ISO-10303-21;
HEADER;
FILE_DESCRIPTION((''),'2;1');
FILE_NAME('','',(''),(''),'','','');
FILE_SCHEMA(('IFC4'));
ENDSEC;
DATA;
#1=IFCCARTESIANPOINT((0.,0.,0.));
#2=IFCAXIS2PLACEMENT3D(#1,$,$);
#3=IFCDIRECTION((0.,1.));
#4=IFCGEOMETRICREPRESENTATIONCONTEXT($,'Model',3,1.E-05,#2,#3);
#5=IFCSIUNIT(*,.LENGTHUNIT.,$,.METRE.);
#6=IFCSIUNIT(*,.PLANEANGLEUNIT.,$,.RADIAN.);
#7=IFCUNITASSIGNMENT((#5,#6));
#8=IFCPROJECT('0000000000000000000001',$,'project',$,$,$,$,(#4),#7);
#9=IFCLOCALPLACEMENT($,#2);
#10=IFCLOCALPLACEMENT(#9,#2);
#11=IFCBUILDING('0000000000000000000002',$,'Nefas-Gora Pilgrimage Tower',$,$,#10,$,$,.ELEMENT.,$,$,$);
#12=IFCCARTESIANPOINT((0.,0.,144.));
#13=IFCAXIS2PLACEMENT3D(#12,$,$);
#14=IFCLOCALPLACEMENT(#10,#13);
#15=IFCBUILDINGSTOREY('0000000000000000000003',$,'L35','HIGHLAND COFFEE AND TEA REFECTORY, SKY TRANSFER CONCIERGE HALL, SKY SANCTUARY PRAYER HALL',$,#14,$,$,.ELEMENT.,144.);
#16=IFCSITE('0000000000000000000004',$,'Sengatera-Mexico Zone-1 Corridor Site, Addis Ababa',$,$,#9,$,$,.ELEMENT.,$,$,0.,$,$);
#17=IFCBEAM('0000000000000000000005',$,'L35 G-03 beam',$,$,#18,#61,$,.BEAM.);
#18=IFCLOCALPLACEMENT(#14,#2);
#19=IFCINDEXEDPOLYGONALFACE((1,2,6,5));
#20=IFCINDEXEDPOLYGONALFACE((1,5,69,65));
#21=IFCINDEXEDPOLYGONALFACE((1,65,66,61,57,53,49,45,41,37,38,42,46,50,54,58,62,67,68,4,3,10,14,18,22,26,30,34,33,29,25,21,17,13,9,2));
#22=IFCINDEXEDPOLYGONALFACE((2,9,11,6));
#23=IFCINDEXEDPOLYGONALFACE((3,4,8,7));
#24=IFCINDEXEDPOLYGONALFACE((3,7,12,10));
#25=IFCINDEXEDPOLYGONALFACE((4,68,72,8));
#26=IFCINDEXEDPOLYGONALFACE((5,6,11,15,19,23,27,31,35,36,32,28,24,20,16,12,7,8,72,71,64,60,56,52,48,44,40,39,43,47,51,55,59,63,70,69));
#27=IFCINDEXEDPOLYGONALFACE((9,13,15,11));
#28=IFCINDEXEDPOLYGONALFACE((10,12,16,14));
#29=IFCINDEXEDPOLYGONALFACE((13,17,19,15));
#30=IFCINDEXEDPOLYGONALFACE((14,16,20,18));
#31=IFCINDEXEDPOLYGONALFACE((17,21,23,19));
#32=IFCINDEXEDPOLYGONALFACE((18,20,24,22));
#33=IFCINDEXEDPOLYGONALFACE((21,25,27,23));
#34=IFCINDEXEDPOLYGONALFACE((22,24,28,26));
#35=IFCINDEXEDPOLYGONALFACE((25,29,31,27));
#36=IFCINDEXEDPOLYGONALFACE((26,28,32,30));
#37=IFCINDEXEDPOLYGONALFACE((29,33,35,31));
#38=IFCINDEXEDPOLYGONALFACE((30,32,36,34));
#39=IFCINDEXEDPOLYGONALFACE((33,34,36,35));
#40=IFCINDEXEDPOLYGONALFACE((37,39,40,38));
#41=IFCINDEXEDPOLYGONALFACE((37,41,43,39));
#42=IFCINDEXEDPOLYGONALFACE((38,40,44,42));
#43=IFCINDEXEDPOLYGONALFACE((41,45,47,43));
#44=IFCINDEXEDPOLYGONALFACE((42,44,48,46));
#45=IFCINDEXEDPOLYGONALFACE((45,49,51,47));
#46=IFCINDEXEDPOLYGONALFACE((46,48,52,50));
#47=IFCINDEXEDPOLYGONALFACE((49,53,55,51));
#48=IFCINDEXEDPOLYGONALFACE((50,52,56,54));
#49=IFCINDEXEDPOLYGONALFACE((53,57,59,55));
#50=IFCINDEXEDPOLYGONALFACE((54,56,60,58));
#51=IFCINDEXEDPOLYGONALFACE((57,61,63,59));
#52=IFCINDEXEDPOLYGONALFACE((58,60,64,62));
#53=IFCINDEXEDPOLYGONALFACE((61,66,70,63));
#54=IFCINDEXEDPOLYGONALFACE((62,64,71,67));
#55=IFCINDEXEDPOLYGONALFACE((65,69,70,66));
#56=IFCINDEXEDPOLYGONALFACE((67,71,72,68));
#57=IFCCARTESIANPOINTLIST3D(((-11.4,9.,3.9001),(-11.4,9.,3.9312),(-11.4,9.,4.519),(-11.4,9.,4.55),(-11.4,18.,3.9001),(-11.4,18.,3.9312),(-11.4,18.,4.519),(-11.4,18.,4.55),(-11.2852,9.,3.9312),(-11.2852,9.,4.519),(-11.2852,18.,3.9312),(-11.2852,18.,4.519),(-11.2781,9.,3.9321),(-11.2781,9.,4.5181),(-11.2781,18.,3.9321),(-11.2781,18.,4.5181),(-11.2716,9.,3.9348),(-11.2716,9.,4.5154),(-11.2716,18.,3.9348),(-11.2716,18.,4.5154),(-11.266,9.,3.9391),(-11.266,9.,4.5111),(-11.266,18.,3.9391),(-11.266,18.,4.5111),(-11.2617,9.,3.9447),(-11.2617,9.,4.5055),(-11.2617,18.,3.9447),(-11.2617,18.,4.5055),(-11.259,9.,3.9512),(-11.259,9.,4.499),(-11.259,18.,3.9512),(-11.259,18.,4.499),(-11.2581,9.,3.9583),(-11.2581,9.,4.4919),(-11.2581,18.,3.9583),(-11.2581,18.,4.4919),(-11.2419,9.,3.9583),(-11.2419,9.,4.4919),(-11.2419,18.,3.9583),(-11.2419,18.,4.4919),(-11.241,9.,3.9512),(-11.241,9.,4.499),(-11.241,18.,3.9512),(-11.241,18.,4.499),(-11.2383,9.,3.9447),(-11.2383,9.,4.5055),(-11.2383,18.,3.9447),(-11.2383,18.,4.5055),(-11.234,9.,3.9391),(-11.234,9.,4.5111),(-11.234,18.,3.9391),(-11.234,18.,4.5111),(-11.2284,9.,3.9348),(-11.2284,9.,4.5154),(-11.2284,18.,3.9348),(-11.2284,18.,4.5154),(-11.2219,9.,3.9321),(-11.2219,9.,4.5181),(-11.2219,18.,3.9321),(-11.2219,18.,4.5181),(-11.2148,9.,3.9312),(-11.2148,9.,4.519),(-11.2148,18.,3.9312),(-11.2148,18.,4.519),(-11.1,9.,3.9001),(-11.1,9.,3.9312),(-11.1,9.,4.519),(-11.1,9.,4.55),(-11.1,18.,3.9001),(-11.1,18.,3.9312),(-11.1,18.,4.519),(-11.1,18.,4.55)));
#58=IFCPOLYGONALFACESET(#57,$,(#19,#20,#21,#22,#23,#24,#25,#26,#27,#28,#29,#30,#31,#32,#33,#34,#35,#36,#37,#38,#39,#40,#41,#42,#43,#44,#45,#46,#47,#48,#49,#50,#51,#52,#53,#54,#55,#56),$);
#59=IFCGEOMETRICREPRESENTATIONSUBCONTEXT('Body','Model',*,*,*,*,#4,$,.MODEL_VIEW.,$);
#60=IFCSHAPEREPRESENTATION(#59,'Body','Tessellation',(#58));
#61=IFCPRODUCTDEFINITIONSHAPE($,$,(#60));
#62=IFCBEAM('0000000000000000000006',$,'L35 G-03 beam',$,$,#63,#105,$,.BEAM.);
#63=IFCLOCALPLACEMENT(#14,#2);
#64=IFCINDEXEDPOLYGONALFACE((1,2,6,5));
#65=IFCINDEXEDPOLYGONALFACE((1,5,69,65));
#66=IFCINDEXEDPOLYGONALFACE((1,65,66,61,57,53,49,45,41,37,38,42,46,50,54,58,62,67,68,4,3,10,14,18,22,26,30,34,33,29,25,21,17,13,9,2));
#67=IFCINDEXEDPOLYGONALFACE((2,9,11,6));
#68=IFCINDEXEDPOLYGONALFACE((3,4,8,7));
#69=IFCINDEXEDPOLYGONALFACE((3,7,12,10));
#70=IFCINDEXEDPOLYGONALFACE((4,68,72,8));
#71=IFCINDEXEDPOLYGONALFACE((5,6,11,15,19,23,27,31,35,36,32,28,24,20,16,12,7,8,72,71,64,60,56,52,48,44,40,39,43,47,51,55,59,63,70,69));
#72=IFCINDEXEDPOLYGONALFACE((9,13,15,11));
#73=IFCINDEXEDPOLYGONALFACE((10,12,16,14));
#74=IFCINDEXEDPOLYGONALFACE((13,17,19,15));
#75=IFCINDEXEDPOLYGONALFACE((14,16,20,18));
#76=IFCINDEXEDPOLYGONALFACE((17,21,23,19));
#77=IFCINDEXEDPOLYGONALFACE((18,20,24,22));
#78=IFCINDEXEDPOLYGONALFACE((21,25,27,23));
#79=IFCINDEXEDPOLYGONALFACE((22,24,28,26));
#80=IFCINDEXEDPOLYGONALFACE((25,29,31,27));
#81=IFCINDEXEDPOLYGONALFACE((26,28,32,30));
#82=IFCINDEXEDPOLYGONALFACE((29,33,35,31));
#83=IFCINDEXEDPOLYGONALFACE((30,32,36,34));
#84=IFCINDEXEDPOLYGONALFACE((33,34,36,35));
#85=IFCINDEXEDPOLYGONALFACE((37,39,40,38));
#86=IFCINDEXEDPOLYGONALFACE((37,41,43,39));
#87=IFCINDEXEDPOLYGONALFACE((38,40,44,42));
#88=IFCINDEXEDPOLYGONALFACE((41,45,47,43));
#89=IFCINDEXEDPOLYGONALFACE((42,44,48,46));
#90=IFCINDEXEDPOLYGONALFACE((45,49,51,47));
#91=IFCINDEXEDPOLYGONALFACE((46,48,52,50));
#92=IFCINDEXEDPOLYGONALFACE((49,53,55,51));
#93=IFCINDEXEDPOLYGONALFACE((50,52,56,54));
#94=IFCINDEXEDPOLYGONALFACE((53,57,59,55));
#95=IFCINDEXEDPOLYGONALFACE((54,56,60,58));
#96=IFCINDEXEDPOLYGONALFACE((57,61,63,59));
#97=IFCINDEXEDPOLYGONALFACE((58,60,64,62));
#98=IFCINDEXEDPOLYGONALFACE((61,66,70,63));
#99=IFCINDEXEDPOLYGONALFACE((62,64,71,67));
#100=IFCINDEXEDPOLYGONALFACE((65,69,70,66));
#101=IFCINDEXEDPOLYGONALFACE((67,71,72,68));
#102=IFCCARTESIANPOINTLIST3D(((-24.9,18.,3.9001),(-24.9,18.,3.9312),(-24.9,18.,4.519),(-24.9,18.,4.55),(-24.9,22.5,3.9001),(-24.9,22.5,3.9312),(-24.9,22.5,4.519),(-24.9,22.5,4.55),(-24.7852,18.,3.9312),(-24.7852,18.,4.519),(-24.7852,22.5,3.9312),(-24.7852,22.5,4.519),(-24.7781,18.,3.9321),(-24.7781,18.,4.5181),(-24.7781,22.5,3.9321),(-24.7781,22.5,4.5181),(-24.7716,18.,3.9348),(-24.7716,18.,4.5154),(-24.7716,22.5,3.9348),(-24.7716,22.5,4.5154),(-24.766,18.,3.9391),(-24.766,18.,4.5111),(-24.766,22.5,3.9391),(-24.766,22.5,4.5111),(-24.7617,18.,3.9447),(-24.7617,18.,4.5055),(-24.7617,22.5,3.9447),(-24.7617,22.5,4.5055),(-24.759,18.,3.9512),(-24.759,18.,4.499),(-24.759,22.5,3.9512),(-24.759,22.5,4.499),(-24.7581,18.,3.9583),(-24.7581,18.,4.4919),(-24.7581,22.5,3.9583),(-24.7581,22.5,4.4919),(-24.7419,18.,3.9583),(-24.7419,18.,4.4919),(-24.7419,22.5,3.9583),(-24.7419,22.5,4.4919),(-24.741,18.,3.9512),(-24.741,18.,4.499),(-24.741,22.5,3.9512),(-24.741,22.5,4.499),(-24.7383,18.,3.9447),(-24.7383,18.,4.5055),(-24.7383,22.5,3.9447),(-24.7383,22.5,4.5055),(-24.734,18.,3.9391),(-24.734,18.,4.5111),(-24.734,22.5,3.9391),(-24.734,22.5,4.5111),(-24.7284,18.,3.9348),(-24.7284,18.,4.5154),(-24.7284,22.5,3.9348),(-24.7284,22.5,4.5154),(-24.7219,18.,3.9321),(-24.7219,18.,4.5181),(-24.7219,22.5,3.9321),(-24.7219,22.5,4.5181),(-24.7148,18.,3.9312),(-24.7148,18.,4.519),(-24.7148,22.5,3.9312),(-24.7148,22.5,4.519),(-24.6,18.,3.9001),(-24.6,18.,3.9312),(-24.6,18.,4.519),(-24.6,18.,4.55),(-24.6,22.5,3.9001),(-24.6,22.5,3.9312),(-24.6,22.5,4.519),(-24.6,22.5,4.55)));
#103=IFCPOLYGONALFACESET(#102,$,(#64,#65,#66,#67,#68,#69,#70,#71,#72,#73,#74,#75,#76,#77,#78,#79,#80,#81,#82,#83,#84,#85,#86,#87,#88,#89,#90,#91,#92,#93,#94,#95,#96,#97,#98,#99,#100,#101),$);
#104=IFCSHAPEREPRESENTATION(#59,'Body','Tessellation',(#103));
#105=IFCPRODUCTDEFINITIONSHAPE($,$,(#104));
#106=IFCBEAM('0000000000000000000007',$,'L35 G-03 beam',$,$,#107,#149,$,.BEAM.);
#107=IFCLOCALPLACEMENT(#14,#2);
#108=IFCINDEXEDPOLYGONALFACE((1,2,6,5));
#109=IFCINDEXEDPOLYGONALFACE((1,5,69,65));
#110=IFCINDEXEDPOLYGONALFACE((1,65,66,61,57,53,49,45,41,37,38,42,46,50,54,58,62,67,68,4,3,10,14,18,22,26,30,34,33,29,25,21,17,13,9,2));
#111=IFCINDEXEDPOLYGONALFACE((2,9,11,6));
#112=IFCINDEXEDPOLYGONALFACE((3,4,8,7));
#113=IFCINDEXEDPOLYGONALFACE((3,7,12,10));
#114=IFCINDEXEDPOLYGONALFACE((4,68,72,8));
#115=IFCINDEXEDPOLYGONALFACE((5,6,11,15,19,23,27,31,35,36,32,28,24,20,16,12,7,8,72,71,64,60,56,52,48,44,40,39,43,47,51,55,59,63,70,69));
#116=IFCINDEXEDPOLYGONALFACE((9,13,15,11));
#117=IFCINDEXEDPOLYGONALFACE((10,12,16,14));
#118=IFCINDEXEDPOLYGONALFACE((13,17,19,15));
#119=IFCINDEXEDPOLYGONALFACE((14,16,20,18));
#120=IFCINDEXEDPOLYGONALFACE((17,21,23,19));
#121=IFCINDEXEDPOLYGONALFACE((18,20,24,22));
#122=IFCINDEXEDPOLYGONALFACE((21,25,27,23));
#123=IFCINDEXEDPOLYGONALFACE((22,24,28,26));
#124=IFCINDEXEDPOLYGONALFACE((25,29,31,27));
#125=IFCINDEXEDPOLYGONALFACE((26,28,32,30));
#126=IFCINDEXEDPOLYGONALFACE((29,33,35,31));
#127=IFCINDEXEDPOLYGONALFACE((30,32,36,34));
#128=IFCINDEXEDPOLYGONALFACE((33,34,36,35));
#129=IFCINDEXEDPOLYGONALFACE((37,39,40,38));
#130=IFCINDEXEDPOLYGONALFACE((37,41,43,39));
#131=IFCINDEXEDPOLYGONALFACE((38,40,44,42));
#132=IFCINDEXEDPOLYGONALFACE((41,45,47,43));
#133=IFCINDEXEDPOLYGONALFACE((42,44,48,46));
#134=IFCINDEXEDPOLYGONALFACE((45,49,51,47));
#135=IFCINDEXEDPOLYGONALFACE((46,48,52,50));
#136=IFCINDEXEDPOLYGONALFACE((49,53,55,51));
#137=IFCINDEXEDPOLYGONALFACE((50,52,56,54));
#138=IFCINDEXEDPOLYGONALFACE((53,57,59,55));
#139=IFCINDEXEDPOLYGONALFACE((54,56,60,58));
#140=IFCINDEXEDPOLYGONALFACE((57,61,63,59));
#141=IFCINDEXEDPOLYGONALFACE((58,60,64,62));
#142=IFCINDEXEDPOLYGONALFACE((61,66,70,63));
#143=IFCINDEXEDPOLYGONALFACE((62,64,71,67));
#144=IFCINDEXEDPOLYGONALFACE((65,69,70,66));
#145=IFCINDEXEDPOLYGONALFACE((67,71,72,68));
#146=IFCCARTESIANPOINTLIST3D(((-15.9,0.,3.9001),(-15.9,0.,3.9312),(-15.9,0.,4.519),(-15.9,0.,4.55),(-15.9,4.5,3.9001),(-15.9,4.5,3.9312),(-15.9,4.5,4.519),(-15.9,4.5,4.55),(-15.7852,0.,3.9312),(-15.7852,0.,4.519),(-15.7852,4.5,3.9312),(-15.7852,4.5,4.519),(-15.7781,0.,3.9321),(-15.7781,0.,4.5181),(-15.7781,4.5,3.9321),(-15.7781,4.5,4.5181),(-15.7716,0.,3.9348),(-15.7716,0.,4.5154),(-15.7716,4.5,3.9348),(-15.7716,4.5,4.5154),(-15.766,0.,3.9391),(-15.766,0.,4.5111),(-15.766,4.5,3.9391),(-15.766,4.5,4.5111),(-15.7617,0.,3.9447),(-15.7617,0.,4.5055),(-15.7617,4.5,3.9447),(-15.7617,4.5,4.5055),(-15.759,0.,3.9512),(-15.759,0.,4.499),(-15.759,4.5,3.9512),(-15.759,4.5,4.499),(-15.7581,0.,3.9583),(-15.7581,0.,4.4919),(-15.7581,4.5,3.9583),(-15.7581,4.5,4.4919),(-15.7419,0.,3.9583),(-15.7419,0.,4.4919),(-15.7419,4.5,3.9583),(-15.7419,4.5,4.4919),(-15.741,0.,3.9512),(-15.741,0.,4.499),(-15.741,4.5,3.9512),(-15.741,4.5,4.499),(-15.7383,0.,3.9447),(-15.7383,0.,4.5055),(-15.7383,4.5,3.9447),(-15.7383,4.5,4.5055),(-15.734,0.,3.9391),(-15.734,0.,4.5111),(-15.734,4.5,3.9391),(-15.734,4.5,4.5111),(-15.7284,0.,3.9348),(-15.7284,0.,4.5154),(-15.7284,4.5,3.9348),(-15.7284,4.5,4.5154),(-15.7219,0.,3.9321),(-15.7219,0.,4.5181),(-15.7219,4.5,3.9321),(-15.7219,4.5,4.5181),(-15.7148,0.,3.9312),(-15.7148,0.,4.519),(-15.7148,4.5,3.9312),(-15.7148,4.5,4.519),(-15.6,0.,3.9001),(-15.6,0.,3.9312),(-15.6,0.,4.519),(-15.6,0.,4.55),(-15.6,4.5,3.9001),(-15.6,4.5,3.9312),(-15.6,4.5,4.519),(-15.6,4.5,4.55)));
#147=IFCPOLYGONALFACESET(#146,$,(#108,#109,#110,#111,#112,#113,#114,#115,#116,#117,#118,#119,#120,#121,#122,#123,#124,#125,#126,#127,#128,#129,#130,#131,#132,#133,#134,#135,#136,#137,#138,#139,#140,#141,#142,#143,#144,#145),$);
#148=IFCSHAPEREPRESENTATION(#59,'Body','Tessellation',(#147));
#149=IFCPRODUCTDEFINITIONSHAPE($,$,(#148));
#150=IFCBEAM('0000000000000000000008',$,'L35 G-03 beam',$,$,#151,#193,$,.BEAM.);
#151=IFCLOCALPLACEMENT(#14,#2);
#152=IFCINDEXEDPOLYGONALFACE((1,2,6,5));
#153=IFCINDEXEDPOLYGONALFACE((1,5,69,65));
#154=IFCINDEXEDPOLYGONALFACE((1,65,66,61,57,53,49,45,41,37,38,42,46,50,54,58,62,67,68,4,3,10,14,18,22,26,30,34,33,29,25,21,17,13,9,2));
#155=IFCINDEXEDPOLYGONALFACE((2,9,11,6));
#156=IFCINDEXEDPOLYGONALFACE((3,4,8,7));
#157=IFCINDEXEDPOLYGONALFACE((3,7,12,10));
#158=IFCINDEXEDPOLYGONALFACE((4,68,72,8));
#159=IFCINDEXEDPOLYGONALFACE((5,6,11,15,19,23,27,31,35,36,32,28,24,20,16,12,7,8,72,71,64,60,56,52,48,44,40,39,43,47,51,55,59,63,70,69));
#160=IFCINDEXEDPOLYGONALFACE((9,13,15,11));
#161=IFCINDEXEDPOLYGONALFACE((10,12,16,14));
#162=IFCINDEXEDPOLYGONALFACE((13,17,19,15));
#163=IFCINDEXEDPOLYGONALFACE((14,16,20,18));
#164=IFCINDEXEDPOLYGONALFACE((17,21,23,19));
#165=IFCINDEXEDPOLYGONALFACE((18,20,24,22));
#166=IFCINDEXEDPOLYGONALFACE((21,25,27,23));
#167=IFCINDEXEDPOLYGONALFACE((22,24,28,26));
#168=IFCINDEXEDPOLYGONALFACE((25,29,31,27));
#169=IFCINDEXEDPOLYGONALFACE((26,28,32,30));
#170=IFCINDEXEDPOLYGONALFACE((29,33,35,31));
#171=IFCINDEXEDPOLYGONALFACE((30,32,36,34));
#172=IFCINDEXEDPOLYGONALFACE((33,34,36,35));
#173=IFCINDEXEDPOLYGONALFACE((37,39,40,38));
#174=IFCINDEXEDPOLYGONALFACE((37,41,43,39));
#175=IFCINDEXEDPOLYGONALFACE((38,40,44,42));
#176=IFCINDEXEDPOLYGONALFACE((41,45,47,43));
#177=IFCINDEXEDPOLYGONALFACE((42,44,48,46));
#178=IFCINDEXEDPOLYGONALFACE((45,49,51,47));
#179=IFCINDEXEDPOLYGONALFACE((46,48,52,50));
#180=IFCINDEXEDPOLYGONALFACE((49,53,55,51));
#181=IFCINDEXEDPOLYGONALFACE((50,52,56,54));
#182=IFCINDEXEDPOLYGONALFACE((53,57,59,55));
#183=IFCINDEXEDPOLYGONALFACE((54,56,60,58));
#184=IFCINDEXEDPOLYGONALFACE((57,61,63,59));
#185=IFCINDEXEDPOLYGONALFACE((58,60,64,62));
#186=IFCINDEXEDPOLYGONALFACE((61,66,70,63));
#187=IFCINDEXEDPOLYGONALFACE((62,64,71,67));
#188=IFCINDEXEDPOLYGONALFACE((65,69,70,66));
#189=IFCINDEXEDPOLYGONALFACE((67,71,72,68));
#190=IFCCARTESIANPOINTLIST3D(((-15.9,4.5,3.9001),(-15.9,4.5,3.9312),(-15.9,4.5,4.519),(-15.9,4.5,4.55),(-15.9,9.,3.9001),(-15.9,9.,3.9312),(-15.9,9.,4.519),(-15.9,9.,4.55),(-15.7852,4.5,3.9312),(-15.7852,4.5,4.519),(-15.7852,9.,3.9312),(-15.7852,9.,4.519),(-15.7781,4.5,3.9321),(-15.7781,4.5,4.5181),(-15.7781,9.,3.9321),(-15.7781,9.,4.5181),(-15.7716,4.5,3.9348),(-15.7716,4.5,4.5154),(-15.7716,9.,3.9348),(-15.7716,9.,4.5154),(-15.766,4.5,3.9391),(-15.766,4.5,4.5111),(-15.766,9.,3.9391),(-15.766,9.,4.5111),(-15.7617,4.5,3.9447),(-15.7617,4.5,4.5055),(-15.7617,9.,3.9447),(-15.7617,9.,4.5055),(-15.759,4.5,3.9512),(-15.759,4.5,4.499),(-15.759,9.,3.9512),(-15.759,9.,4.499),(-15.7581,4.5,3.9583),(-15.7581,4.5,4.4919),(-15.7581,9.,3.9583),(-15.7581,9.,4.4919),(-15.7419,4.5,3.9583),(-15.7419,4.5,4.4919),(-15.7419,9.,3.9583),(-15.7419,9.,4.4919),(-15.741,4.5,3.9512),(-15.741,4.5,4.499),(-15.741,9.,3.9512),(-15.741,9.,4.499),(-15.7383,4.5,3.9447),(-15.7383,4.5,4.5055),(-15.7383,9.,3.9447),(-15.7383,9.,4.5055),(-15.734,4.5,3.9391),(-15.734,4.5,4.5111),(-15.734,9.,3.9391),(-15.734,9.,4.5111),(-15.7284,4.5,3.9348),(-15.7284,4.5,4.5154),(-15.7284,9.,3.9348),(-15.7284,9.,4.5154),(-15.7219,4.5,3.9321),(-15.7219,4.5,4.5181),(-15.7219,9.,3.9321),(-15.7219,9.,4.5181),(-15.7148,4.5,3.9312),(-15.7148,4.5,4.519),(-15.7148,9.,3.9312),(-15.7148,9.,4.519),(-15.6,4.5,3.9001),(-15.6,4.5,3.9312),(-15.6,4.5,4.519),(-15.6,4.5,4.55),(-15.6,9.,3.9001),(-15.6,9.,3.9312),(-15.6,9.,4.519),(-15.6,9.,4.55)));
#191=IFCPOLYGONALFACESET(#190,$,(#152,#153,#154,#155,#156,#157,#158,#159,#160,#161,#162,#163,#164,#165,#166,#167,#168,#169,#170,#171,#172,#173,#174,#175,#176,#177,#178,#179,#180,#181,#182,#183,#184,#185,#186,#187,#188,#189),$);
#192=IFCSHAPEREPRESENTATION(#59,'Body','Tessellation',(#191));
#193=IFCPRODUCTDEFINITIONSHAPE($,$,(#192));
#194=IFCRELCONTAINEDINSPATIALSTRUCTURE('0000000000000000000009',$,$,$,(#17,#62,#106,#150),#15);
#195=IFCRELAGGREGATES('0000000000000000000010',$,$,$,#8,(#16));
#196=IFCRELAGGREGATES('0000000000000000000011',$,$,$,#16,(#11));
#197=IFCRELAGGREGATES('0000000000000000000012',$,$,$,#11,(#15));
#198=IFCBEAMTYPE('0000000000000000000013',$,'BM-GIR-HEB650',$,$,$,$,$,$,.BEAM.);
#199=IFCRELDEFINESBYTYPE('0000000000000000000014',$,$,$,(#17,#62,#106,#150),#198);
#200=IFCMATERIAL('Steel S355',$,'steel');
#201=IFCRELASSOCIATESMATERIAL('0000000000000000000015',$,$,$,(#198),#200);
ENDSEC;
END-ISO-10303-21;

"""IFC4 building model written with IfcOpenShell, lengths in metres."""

from ifc_helpers import new_model, si_unit, direction, frame, origin, origin_2d, place, context, subcontext, project, spatial, i_section, extrude, source, transform, mapped, material, material_profile, profile_set, type_object, element, save


model = new_model("IFC4")

# Units and contexts
model_context = context("Model", 3, precision=1e-05, world=origin(), true_north=direction((0.0, 1.0)))
body_context = subcontext(model_context, "Body", "Model", "MODEL_VIEW")
ifc_project = project(units=[si_unit("LENGTHUNIT", "METRE"), si_unit("PLANEANGLEUNIT", "RADIAN")], contexts=[model_context])

# Site, building, storey
site_placement = place(None, origin())
site = spatial("IfcSite", under=ifc_project, at=site_placement, Name="Sengatera-Mexico Zone-1 Corridor Site, Addis Ababa", CompositionType="ELEMENT", RefElevation=0.0)
building_placement = place(site_placement, origin())
building = spatial("IfcBuilding", under=site, at=building_placement, Name="Nefas-Gora Pilgrimage Tower", CompositionType="ELEMENT")
storey_placement = place(building_placement, frame((0.0, 0.0, 144.0)))
storey = spatial("IfcBuildingStorey", under=building, at=storey_placement, Name="L35", Description="HIGHLAND COFFEE AND TEA REFECTORY, SKY TRANSFER CONCIERGE HALL, SKY SANCTUARY PRAYER HALL", CompositionType="ELEMENT", Elevation=144.0)

# Beams
ifc_material_1 = material(Name="Steel S355", Category="steel")
ifc_material_profile_1 = material_profile(ifc_material_1, i_section(OverallWidth=0.3, OverallDepth=0.6499, WebThickness=0.0161, FlangeThickness=0.031, FilletRadius=0.0271, at=origin_2d()), Name="HEB 650")
ifc_profile_set_1 = profile_set([ifc_material_profile_1], Name="Steel S355")
beam_type_1 = type_object("IfcBeamType", Name="BM-GIR-HEB650", PredefinedType="BEAM", material=ifc_profile_set_1)
shared_shape_1 = source(origin(), body_context, "Body", "SweptSolid", [
    extrude(i_section(OverallWidth=0.3, OverallDepth=0.6499, WebThickness=0.0161, FlangeThickness=0.031, FilletRadius=0.0271, at=origin_2d()), origin(), (0.0, 0.0, 1.0), 9.0),
])
beam_1_placement = place(storey_placement, frame((-11.25, 9.0, 4.2251), z_axis=(0.0, 1.0, 0.0), x_axis=(-1.0, 0.0, 0.0)))
element("IfcBeam", 1, at=beam_1_placement, inside=storey, type_object=beam_type_1, Name="L35 G-03 beam", PredefinedType="BEAM", context=body_context, shape_type="MappedRepresentation", body=[
    mapped(shared_shape_1, transform((0.0, 0.0, 0.0), x_axis=(1.0, 0.0, 0.0), y_axis=(0.0, 1.0, 0.0), z_axis=(0.0, 0.0, 1.0), scale=1.0)),
])
shared_shape_2 = source(origin(), body_context, "Body", "SweptSolid", [
    extrude(i_section(OverallWidth=0.3, OverallDepth=0.6499, WebThickness=0.0161, FlangeThickness=0.031, FilletRadius=0.0271, at=origin_2d()), origin(), (0.0, 0.0, 1.0), 4.5),
])
for number, where, z_axis, x_axis, name in (
    (2, (-24.75, 18.0, 4.2251), (0.0, 1.0, 0.0), (-1.0, 0.0, 0.0), "L35 G-03 beam"),
    (3, (-15.75, 0.0, 4.2251), (0.0, 1.0, 0.0), (-1.0, 0.0, 0.0), "L35 G-03 beam"),
    (4, (-15.75, 4.5, 4.2251), (0.0, 1.0, 0.0), (-1.0, 0.0, 0.0), "L35 G-03 beam"),
):
    element("IfcBeam", number, at=place(storey_placement, frame(where, z_axis=z_axis, x_axis=x_axis)), inside=storey, type_object=beam_type_1, Name=name, PredefinedType="BEAM", context=body_context, shape_type="MappedRepresentation", body=[
        mapped(shared_shape_2, transform((0.0, 0.0, 0.0), x_axis=(1.0, 0.0, 0.0), y_axis=(0.0, 1.0, 0.0), z_axis=(0.0, 0.0, 1.0), scale=1.0)),
    ])

save(model, "model.ifc")
